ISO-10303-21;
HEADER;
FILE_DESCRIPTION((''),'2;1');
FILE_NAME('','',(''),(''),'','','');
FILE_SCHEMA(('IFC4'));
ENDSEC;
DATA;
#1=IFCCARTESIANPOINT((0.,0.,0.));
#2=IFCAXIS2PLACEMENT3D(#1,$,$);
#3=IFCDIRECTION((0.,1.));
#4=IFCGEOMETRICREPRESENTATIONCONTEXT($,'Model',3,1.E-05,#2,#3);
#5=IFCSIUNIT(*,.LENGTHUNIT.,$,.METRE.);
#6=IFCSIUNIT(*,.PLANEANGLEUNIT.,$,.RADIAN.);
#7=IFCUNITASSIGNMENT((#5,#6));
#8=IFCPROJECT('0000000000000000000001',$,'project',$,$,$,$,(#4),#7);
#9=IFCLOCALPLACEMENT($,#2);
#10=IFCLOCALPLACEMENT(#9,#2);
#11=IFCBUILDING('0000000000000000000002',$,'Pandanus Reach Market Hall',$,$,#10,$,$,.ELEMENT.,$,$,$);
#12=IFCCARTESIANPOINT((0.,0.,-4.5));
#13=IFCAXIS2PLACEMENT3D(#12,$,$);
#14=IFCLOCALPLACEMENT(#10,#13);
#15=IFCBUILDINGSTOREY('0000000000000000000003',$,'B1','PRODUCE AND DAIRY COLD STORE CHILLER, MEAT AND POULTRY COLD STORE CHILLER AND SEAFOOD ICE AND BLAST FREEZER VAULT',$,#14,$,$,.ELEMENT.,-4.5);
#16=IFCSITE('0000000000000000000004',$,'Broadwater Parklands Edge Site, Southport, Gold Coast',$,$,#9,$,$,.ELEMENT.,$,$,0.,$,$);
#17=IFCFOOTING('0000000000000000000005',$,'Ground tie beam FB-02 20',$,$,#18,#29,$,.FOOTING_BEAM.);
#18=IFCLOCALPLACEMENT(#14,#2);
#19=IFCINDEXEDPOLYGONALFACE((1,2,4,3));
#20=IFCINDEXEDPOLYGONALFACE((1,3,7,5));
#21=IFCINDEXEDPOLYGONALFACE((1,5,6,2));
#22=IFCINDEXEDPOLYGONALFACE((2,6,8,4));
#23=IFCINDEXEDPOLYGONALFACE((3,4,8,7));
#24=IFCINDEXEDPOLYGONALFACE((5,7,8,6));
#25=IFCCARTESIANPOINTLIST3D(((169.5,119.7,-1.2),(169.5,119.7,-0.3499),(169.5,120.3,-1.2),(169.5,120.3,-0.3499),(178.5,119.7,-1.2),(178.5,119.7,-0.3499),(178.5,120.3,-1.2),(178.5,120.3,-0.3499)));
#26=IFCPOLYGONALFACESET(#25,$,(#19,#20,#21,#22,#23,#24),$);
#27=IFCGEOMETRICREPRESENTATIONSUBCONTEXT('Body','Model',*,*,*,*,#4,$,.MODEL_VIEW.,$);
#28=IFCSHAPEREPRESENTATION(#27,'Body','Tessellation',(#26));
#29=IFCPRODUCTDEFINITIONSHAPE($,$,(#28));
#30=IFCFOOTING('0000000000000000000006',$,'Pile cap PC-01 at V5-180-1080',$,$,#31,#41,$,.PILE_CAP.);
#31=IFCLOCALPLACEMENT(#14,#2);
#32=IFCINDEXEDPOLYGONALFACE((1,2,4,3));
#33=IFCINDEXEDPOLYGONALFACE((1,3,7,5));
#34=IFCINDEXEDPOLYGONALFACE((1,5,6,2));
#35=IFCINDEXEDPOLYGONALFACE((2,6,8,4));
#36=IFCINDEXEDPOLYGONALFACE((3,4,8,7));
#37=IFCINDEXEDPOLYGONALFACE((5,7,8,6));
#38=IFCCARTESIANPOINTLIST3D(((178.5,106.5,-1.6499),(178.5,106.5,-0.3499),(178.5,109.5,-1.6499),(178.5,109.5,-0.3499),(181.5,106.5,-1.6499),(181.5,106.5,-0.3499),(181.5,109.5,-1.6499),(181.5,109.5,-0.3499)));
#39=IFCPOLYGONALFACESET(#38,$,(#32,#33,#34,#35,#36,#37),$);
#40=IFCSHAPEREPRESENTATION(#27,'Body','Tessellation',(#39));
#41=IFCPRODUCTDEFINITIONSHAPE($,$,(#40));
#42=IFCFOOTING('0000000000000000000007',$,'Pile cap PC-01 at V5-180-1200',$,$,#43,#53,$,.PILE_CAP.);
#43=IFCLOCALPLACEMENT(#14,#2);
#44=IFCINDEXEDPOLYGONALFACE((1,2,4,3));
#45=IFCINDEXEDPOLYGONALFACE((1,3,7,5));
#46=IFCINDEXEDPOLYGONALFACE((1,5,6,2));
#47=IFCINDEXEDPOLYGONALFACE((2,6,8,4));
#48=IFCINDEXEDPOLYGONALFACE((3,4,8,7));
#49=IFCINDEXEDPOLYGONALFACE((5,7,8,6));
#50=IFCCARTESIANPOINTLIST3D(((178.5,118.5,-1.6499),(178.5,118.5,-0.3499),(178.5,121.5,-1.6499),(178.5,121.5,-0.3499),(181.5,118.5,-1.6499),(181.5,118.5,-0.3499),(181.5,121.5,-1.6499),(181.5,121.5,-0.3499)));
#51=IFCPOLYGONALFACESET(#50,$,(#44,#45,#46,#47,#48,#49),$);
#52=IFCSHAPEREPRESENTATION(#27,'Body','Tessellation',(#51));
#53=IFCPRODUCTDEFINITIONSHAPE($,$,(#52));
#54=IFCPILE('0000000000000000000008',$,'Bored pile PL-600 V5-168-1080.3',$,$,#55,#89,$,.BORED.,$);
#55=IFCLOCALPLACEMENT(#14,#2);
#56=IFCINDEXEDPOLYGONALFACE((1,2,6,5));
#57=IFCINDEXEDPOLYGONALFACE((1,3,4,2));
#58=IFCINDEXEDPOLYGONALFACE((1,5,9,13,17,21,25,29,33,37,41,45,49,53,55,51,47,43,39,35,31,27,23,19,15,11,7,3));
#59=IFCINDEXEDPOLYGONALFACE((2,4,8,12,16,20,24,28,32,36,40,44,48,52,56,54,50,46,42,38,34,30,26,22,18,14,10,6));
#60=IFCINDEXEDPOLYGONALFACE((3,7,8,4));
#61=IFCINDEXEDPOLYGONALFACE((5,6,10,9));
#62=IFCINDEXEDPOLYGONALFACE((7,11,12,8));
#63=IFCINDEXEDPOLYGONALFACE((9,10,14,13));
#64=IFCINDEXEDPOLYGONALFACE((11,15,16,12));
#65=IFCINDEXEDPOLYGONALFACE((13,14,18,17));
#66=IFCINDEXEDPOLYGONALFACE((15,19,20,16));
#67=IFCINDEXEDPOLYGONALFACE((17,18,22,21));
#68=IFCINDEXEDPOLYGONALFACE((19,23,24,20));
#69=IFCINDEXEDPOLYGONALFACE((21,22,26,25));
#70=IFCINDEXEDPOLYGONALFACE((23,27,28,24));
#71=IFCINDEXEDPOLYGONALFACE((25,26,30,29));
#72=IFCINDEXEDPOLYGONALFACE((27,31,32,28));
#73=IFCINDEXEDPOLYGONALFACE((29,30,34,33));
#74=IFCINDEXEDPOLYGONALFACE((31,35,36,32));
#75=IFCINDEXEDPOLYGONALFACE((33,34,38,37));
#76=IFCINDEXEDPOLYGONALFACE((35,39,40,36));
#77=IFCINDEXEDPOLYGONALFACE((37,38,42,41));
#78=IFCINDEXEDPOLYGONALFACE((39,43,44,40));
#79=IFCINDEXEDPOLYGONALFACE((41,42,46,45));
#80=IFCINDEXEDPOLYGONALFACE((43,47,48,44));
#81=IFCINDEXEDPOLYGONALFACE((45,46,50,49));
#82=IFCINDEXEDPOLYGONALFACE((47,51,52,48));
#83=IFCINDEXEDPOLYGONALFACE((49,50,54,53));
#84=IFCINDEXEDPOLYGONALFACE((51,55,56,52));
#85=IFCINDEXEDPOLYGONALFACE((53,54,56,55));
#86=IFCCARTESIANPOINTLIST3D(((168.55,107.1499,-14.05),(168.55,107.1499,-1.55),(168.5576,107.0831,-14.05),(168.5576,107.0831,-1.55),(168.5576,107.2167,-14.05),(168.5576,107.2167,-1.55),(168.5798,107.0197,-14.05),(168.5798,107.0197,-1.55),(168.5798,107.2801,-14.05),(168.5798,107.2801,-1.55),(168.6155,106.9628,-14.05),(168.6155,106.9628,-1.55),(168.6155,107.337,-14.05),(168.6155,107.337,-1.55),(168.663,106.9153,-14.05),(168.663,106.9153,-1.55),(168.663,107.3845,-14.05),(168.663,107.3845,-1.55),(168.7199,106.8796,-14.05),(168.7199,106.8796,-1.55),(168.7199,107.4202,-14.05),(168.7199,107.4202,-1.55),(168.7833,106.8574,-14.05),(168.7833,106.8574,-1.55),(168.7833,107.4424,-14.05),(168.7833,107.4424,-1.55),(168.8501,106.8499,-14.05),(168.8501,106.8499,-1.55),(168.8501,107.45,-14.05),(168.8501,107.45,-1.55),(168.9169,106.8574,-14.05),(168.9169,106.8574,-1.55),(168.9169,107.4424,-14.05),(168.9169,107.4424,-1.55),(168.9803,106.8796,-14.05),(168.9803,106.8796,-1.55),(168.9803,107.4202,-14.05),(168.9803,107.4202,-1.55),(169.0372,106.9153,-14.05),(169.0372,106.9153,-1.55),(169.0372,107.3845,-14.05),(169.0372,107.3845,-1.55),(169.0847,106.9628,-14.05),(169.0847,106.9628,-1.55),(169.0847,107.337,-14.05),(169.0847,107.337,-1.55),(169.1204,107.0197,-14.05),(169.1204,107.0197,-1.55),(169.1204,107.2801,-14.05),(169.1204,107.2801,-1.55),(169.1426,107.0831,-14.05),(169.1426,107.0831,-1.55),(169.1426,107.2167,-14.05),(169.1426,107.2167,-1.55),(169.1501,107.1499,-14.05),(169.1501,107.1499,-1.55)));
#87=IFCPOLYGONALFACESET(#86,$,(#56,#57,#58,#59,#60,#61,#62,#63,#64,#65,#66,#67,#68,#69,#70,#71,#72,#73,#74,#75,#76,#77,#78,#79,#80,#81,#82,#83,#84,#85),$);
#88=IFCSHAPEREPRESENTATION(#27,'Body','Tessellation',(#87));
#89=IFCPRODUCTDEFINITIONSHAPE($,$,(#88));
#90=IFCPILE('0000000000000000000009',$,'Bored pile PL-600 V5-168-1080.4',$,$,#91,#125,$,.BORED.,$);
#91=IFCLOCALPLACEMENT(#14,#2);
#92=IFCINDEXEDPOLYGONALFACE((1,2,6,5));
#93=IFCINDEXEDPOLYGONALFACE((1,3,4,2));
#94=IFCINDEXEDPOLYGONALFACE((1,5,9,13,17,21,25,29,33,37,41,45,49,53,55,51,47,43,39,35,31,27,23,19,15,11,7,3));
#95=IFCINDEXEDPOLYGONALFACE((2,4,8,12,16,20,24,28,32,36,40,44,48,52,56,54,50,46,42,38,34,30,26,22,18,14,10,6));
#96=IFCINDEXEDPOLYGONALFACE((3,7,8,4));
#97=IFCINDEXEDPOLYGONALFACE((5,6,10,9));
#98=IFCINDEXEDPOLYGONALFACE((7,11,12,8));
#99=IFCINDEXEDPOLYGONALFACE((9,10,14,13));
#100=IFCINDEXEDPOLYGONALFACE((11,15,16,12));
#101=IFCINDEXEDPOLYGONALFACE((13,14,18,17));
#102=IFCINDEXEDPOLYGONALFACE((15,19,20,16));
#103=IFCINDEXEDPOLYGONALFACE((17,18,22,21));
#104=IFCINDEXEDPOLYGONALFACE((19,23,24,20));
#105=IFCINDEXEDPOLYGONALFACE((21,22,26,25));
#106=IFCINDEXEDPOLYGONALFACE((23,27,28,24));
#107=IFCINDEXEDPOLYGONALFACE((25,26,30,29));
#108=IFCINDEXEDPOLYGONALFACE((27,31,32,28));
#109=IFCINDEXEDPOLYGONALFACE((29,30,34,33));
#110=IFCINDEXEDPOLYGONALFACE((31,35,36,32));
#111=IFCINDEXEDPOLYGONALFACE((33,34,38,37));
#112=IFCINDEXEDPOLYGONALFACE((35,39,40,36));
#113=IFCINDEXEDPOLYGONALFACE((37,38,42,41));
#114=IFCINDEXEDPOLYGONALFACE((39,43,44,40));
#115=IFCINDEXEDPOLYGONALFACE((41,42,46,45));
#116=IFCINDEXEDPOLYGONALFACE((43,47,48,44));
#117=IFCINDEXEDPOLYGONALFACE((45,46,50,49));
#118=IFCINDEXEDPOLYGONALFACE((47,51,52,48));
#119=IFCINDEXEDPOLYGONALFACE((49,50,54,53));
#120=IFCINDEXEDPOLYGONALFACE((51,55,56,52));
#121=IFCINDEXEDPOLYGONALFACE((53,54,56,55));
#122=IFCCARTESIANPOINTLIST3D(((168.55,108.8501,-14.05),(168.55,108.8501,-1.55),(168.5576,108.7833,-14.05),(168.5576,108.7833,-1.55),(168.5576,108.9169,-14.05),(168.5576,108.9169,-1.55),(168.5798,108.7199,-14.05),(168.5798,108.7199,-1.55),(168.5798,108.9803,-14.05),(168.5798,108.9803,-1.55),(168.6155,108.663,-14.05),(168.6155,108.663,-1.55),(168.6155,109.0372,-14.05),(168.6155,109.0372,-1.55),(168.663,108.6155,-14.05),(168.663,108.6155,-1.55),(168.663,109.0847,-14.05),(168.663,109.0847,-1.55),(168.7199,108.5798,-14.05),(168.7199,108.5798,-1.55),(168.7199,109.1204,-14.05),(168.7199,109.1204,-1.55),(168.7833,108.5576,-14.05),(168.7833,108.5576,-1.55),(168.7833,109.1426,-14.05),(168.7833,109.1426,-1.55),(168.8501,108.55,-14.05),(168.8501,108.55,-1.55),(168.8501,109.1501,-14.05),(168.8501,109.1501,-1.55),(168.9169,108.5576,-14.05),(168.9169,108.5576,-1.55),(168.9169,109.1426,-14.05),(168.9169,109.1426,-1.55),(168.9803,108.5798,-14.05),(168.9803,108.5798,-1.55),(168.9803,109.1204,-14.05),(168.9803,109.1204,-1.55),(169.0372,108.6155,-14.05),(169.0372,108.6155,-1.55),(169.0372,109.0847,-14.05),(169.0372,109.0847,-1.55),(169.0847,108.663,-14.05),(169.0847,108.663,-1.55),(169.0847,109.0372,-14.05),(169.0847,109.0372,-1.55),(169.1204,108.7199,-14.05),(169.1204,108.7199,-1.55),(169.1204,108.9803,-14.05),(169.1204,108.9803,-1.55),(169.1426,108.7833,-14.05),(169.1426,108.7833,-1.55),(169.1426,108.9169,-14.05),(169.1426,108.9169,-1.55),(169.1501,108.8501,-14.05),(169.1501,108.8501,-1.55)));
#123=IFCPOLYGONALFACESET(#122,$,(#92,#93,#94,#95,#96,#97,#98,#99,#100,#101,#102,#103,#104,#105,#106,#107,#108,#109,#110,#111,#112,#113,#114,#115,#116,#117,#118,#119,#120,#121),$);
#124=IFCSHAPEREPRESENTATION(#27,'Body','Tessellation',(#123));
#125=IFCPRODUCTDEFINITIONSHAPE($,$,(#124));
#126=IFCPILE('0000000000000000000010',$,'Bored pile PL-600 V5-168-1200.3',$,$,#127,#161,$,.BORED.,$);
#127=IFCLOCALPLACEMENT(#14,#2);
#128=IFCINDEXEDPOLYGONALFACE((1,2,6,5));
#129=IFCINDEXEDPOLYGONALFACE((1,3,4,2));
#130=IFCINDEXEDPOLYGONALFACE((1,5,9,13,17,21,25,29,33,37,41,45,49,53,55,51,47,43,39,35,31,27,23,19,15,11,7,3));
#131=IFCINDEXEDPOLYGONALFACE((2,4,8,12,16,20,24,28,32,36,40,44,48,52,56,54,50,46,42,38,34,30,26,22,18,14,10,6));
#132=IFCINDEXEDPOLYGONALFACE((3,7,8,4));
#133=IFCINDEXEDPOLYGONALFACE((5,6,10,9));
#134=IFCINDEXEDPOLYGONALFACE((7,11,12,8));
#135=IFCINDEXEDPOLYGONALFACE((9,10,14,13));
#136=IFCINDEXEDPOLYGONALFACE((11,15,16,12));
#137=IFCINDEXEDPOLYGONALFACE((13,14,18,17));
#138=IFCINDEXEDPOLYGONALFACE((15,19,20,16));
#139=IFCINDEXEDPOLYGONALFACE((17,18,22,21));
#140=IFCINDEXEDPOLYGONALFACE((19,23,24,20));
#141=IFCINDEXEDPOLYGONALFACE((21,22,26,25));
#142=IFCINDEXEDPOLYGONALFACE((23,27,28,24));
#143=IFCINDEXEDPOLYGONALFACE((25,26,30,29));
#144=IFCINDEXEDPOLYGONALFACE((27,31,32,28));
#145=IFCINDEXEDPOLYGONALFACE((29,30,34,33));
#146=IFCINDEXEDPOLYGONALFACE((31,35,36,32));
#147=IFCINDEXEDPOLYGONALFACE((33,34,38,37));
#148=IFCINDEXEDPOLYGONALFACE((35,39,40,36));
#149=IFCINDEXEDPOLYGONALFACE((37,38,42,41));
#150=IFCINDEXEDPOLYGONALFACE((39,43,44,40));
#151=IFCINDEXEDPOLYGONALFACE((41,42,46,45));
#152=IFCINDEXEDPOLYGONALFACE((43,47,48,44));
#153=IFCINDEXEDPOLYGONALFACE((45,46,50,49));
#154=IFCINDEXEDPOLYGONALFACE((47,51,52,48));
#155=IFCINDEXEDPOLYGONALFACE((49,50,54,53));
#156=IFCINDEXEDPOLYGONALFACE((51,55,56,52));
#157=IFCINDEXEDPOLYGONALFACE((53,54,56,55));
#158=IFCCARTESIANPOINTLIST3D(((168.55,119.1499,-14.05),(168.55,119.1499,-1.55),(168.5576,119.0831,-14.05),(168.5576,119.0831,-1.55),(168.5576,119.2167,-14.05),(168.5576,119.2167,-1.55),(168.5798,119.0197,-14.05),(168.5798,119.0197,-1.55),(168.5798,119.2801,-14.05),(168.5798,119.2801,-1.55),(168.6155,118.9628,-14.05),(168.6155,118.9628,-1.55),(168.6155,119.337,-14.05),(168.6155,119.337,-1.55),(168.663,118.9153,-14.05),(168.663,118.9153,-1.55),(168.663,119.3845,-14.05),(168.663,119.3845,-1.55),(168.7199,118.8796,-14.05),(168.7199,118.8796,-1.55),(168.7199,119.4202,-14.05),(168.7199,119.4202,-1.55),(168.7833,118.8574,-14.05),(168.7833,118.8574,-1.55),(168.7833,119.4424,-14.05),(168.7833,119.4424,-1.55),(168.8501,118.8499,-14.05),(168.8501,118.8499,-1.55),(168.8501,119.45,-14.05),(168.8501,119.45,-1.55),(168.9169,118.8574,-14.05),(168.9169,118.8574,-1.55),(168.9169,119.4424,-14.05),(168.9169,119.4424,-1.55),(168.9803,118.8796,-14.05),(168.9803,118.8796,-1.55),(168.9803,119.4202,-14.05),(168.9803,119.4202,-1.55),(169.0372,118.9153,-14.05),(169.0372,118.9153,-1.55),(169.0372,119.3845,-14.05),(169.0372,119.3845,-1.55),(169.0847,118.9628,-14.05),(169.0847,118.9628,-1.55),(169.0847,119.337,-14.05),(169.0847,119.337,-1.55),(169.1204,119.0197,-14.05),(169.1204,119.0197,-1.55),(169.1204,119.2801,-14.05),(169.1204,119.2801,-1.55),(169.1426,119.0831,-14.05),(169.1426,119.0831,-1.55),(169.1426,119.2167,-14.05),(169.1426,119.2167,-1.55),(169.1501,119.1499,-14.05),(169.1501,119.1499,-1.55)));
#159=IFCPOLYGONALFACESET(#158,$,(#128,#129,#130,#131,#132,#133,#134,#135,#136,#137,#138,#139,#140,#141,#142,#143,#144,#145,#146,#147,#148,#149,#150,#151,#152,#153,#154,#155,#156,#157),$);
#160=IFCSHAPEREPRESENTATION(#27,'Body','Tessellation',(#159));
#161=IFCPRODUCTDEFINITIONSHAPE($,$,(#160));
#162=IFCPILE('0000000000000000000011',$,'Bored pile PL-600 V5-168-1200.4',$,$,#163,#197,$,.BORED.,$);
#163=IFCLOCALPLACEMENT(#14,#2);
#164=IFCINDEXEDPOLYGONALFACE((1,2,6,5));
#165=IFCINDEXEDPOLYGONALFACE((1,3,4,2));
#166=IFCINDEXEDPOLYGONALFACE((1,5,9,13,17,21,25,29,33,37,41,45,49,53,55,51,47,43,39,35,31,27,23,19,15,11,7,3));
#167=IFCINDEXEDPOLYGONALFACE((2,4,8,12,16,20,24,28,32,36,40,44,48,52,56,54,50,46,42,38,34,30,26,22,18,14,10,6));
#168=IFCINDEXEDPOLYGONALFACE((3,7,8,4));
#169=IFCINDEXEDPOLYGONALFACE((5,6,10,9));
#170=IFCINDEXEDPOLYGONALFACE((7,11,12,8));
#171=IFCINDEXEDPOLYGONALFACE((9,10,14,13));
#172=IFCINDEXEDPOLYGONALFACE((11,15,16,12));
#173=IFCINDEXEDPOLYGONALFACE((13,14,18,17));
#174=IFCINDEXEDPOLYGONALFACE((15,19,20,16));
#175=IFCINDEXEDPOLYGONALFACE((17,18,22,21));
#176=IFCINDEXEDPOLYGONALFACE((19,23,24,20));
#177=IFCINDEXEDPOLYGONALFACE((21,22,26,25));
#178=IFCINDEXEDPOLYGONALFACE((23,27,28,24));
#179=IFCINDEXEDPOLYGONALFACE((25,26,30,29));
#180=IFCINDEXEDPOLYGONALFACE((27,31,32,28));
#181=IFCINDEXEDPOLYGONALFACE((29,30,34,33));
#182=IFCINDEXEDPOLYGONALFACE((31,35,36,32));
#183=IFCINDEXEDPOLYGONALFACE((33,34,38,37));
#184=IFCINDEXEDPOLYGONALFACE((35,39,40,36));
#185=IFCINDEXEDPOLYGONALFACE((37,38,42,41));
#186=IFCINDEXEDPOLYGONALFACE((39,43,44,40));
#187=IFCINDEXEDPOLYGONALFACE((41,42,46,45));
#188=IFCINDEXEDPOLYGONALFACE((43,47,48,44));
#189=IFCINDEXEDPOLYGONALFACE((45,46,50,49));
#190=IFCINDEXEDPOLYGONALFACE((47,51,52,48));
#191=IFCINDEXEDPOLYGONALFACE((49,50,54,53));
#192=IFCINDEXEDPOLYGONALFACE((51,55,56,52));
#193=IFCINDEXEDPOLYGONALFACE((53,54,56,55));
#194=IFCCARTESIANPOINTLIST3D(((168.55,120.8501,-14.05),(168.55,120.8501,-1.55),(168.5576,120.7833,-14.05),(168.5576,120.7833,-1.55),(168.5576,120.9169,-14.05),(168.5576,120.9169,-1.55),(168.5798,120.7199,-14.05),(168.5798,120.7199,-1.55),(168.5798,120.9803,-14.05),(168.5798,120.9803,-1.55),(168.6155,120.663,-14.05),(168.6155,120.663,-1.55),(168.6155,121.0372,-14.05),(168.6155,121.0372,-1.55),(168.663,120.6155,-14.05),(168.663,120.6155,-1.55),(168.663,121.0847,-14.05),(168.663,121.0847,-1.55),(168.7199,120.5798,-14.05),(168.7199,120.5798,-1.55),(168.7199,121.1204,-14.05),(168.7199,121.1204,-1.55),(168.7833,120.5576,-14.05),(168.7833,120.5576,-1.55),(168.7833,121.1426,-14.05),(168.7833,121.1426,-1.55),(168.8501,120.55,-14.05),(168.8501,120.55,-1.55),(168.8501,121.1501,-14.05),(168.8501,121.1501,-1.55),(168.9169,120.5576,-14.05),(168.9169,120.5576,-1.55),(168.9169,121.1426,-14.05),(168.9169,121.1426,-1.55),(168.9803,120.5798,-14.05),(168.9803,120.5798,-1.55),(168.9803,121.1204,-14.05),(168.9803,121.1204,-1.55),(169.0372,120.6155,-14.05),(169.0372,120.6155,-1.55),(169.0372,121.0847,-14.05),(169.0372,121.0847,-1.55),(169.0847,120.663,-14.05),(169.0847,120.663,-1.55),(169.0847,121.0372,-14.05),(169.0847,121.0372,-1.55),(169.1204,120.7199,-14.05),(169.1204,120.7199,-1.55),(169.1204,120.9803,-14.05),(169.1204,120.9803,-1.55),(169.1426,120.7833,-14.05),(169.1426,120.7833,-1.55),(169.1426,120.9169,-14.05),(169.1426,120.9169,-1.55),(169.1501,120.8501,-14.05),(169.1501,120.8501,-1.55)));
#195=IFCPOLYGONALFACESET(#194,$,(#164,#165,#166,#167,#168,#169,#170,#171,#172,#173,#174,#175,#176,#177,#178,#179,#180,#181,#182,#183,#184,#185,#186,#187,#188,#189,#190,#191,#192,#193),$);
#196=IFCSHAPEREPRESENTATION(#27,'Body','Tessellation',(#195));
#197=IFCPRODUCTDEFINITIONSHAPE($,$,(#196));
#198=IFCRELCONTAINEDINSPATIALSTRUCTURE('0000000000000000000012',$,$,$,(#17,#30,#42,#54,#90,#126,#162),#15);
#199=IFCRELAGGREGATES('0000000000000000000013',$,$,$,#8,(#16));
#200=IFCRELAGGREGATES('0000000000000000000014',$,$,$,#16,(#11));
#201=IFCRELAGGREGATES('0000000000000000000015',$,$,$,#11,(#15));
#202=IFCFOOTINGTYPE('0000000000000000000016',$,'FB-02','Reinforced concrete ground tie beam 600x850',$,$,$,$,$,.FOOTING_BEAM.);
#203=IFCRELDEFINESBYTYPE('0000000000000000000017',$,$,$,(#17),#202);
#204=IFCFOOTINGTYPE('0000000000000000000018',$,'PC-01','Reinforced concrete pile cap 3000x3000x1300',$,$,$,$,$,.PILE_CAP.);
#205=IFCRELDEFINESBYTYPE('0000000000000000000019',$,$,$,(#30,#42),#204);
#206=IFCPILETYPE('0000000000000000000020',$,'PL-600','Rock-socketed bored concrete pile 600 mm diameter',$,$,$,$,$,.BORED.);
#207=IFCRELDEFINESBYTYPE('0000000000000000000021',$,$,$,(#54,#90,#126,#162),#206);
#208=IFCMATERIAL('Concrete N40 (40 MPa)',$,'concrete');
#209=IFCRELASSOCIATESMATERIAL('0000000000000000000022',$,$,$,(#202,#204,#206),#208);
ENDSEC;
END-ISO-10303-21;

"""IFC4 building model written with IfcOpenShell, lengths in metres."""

from ifc_helpers import new_model, si_unit, direction, frame, origin, origin_2d, place, context, subcontext, project, spatial, rectangle, circle, extrude, material, material_profile, profile_set, type_object, element, save


model = new_model("IFC4")

# Units and contexts
model_context = context("Model", 3, precision=1e-05, world=origin(), true_north=direction((0.0, 1.0)))
body_context = subcontext(model_context, "Body", "Model", "MODEL_VIEW")
ifc_project = project(units=[si_unit("LENGTHUNIT", "METRE"), si_unit("PLANEANGLEUNIT", "RADIAN")], contexts=[model_context])

# Site, building, storey
site_placement = place(None, origin())
site = spatial("IfcSite", under=ifc_project, at=site_placement, Name="Broadwater Parklands Edge Site, Southport, Gold Coast", CompositionType="ELEMENT", RefElevation=0.0)
building_placement = place(site_placement, origin())
building = spatial("IfcBuilding", under=site, at=building_placement, Name="Pandanus Reach Market Hall", CompositionType="ELEMENT")
storey_placement = place(building_placement, frame((0.0, 0.0, -4.5)))
storey = spatial("IfcBuildingStorey", under=building, at=storey_placement, Name="B1", Description="PRODUCE AND DAIRY COLD STORE CHILLER, MEAT AND POULTRY COLD STORE CHILLER AND SEAFOOD ICE AND BLAST FREEZER VAULT", CompositionType="ELEMENT", Elevation=-4.5)

# Footings
ifc_material_1 = material(Name="Concrete N40 (40 MPa)", Category="concrete")
footing_type_1 = type_object("IfcFootingType", Name="FB-02", Description="Reinforced concrete ground tie beam 600x850", PredefinedType="FOOTING_BEAM", material=ifc_material_1)
footing_placement = place(storey_placement, frame((174.0, 120.0, -1.2), z_axis=(0.0, 0.0, 1.0), x_axis=(1.0, 0.0, 0.0)))
element("IfcFooting", 1, at=footing_placement, inside=storey, type_object=footing_type_1, Name="Ground tie beam FB-02 20", PredefinedType="FOOTING_BEAM", context=body_context, shape_type="SweptSolid", body=[
    extrude(rectangle(XDim=9.0, YDim=0.6001, at=origin_2d()), origin(), (0.0, 0.0, 1.0), 0.8501),
])
footing_type_2 = type_object("IfcFootingType", Name="PC-01", Description="Reinforced concrete pile cap 3000x3000x1300", PredefinedType="PILE_CAP", material=ifc_material_1)
for number, where, z_axis, x_axis, name in (
    (2, (180.0, 108.0, -1.6499), (0.0, 0.0, 1.0), (1.0, 0.0, 0.0), "Pile cap PC-01 at V5-180-1080"),
    (3, (180.0, 120.0, -1.6499), (0.0, 0.0, 1.0), (1.0, 0.0, 0.0), "Pile cap PC-01 at V5-180-1200"),
):
    element("IfcFooting", number, at=place(storey_placement, frame(where, z_axis=z_axis, x_axis=x_axis)), inside=storey, type_object=footing_type_2, Name=name, PredefinedType="PILE_CAP", context=body_context, shape_type="SweptSolid", body=[
        extrude(rectangle(XDim=3.0, YDim=3.0, at=origin_2d()), origin(), (0.0, 0.0, 1.0), 1.3),
    ])

# Piles
ifc_material_profile_1 = material_profile(ifc_material_1, circle(Radius=0.3, at=origin_2d()), Name="PILE-600D", Category="LoadBearing")
ifc_profile_set_1 = profile_set([ifc_material_profile_1], Name="Concrete N40 (40 MPa)")
pile_type_1 = type_object("IfcPileType", Name="PL-600", Description="Rock-socketed bored concrete pile 600 mm diameter", PredefinedType="BORED", material=ifc_profile_set_1)
for number, where, z_axis, x_axis, name in (
    (4, (168.8501, 107.1499, -1.55), (0.0, 0.0, -1.0), (1.0, 0.0, 0.0), "Bored pile PL-600 V5-168-1080.3"),
    (5, (168.8501, 108.8501, -1.55), (0.0, 0.0, -1.0), (1.0, 0.0, 0.0), "Bored pile PL-600 V5-168-1080.4"),
    (6, (168.8501, 119.1499, -1.55), (0.0, 0.0, -1.0), (1.0, 0.0, 0.0), "Bored pile PL-600 V5-168-1200.3"),
    (7, (168.8501, 120.8501, -1.55), (0.0, 0.0, -1.0), (1.0, 0.0, 0.0), "Bored pile PL-600 V5-168-1200.4"),
):
    element("IfcPile", number, at=place(storey_placement, frame(where, z_axis=z_axis, x_axis=x_axis)), inside=storey, type_object=pile_type_1, Name=name, PredefinedType="BORED", context=body_context, shape_type="SweptSolid", body=[
        extrude(circle(Radius=0.3, at=origin_2d()), origin(), (0.0, 0.0, 1.0), 12.5),
    ])

save(model, "model.ifc")
